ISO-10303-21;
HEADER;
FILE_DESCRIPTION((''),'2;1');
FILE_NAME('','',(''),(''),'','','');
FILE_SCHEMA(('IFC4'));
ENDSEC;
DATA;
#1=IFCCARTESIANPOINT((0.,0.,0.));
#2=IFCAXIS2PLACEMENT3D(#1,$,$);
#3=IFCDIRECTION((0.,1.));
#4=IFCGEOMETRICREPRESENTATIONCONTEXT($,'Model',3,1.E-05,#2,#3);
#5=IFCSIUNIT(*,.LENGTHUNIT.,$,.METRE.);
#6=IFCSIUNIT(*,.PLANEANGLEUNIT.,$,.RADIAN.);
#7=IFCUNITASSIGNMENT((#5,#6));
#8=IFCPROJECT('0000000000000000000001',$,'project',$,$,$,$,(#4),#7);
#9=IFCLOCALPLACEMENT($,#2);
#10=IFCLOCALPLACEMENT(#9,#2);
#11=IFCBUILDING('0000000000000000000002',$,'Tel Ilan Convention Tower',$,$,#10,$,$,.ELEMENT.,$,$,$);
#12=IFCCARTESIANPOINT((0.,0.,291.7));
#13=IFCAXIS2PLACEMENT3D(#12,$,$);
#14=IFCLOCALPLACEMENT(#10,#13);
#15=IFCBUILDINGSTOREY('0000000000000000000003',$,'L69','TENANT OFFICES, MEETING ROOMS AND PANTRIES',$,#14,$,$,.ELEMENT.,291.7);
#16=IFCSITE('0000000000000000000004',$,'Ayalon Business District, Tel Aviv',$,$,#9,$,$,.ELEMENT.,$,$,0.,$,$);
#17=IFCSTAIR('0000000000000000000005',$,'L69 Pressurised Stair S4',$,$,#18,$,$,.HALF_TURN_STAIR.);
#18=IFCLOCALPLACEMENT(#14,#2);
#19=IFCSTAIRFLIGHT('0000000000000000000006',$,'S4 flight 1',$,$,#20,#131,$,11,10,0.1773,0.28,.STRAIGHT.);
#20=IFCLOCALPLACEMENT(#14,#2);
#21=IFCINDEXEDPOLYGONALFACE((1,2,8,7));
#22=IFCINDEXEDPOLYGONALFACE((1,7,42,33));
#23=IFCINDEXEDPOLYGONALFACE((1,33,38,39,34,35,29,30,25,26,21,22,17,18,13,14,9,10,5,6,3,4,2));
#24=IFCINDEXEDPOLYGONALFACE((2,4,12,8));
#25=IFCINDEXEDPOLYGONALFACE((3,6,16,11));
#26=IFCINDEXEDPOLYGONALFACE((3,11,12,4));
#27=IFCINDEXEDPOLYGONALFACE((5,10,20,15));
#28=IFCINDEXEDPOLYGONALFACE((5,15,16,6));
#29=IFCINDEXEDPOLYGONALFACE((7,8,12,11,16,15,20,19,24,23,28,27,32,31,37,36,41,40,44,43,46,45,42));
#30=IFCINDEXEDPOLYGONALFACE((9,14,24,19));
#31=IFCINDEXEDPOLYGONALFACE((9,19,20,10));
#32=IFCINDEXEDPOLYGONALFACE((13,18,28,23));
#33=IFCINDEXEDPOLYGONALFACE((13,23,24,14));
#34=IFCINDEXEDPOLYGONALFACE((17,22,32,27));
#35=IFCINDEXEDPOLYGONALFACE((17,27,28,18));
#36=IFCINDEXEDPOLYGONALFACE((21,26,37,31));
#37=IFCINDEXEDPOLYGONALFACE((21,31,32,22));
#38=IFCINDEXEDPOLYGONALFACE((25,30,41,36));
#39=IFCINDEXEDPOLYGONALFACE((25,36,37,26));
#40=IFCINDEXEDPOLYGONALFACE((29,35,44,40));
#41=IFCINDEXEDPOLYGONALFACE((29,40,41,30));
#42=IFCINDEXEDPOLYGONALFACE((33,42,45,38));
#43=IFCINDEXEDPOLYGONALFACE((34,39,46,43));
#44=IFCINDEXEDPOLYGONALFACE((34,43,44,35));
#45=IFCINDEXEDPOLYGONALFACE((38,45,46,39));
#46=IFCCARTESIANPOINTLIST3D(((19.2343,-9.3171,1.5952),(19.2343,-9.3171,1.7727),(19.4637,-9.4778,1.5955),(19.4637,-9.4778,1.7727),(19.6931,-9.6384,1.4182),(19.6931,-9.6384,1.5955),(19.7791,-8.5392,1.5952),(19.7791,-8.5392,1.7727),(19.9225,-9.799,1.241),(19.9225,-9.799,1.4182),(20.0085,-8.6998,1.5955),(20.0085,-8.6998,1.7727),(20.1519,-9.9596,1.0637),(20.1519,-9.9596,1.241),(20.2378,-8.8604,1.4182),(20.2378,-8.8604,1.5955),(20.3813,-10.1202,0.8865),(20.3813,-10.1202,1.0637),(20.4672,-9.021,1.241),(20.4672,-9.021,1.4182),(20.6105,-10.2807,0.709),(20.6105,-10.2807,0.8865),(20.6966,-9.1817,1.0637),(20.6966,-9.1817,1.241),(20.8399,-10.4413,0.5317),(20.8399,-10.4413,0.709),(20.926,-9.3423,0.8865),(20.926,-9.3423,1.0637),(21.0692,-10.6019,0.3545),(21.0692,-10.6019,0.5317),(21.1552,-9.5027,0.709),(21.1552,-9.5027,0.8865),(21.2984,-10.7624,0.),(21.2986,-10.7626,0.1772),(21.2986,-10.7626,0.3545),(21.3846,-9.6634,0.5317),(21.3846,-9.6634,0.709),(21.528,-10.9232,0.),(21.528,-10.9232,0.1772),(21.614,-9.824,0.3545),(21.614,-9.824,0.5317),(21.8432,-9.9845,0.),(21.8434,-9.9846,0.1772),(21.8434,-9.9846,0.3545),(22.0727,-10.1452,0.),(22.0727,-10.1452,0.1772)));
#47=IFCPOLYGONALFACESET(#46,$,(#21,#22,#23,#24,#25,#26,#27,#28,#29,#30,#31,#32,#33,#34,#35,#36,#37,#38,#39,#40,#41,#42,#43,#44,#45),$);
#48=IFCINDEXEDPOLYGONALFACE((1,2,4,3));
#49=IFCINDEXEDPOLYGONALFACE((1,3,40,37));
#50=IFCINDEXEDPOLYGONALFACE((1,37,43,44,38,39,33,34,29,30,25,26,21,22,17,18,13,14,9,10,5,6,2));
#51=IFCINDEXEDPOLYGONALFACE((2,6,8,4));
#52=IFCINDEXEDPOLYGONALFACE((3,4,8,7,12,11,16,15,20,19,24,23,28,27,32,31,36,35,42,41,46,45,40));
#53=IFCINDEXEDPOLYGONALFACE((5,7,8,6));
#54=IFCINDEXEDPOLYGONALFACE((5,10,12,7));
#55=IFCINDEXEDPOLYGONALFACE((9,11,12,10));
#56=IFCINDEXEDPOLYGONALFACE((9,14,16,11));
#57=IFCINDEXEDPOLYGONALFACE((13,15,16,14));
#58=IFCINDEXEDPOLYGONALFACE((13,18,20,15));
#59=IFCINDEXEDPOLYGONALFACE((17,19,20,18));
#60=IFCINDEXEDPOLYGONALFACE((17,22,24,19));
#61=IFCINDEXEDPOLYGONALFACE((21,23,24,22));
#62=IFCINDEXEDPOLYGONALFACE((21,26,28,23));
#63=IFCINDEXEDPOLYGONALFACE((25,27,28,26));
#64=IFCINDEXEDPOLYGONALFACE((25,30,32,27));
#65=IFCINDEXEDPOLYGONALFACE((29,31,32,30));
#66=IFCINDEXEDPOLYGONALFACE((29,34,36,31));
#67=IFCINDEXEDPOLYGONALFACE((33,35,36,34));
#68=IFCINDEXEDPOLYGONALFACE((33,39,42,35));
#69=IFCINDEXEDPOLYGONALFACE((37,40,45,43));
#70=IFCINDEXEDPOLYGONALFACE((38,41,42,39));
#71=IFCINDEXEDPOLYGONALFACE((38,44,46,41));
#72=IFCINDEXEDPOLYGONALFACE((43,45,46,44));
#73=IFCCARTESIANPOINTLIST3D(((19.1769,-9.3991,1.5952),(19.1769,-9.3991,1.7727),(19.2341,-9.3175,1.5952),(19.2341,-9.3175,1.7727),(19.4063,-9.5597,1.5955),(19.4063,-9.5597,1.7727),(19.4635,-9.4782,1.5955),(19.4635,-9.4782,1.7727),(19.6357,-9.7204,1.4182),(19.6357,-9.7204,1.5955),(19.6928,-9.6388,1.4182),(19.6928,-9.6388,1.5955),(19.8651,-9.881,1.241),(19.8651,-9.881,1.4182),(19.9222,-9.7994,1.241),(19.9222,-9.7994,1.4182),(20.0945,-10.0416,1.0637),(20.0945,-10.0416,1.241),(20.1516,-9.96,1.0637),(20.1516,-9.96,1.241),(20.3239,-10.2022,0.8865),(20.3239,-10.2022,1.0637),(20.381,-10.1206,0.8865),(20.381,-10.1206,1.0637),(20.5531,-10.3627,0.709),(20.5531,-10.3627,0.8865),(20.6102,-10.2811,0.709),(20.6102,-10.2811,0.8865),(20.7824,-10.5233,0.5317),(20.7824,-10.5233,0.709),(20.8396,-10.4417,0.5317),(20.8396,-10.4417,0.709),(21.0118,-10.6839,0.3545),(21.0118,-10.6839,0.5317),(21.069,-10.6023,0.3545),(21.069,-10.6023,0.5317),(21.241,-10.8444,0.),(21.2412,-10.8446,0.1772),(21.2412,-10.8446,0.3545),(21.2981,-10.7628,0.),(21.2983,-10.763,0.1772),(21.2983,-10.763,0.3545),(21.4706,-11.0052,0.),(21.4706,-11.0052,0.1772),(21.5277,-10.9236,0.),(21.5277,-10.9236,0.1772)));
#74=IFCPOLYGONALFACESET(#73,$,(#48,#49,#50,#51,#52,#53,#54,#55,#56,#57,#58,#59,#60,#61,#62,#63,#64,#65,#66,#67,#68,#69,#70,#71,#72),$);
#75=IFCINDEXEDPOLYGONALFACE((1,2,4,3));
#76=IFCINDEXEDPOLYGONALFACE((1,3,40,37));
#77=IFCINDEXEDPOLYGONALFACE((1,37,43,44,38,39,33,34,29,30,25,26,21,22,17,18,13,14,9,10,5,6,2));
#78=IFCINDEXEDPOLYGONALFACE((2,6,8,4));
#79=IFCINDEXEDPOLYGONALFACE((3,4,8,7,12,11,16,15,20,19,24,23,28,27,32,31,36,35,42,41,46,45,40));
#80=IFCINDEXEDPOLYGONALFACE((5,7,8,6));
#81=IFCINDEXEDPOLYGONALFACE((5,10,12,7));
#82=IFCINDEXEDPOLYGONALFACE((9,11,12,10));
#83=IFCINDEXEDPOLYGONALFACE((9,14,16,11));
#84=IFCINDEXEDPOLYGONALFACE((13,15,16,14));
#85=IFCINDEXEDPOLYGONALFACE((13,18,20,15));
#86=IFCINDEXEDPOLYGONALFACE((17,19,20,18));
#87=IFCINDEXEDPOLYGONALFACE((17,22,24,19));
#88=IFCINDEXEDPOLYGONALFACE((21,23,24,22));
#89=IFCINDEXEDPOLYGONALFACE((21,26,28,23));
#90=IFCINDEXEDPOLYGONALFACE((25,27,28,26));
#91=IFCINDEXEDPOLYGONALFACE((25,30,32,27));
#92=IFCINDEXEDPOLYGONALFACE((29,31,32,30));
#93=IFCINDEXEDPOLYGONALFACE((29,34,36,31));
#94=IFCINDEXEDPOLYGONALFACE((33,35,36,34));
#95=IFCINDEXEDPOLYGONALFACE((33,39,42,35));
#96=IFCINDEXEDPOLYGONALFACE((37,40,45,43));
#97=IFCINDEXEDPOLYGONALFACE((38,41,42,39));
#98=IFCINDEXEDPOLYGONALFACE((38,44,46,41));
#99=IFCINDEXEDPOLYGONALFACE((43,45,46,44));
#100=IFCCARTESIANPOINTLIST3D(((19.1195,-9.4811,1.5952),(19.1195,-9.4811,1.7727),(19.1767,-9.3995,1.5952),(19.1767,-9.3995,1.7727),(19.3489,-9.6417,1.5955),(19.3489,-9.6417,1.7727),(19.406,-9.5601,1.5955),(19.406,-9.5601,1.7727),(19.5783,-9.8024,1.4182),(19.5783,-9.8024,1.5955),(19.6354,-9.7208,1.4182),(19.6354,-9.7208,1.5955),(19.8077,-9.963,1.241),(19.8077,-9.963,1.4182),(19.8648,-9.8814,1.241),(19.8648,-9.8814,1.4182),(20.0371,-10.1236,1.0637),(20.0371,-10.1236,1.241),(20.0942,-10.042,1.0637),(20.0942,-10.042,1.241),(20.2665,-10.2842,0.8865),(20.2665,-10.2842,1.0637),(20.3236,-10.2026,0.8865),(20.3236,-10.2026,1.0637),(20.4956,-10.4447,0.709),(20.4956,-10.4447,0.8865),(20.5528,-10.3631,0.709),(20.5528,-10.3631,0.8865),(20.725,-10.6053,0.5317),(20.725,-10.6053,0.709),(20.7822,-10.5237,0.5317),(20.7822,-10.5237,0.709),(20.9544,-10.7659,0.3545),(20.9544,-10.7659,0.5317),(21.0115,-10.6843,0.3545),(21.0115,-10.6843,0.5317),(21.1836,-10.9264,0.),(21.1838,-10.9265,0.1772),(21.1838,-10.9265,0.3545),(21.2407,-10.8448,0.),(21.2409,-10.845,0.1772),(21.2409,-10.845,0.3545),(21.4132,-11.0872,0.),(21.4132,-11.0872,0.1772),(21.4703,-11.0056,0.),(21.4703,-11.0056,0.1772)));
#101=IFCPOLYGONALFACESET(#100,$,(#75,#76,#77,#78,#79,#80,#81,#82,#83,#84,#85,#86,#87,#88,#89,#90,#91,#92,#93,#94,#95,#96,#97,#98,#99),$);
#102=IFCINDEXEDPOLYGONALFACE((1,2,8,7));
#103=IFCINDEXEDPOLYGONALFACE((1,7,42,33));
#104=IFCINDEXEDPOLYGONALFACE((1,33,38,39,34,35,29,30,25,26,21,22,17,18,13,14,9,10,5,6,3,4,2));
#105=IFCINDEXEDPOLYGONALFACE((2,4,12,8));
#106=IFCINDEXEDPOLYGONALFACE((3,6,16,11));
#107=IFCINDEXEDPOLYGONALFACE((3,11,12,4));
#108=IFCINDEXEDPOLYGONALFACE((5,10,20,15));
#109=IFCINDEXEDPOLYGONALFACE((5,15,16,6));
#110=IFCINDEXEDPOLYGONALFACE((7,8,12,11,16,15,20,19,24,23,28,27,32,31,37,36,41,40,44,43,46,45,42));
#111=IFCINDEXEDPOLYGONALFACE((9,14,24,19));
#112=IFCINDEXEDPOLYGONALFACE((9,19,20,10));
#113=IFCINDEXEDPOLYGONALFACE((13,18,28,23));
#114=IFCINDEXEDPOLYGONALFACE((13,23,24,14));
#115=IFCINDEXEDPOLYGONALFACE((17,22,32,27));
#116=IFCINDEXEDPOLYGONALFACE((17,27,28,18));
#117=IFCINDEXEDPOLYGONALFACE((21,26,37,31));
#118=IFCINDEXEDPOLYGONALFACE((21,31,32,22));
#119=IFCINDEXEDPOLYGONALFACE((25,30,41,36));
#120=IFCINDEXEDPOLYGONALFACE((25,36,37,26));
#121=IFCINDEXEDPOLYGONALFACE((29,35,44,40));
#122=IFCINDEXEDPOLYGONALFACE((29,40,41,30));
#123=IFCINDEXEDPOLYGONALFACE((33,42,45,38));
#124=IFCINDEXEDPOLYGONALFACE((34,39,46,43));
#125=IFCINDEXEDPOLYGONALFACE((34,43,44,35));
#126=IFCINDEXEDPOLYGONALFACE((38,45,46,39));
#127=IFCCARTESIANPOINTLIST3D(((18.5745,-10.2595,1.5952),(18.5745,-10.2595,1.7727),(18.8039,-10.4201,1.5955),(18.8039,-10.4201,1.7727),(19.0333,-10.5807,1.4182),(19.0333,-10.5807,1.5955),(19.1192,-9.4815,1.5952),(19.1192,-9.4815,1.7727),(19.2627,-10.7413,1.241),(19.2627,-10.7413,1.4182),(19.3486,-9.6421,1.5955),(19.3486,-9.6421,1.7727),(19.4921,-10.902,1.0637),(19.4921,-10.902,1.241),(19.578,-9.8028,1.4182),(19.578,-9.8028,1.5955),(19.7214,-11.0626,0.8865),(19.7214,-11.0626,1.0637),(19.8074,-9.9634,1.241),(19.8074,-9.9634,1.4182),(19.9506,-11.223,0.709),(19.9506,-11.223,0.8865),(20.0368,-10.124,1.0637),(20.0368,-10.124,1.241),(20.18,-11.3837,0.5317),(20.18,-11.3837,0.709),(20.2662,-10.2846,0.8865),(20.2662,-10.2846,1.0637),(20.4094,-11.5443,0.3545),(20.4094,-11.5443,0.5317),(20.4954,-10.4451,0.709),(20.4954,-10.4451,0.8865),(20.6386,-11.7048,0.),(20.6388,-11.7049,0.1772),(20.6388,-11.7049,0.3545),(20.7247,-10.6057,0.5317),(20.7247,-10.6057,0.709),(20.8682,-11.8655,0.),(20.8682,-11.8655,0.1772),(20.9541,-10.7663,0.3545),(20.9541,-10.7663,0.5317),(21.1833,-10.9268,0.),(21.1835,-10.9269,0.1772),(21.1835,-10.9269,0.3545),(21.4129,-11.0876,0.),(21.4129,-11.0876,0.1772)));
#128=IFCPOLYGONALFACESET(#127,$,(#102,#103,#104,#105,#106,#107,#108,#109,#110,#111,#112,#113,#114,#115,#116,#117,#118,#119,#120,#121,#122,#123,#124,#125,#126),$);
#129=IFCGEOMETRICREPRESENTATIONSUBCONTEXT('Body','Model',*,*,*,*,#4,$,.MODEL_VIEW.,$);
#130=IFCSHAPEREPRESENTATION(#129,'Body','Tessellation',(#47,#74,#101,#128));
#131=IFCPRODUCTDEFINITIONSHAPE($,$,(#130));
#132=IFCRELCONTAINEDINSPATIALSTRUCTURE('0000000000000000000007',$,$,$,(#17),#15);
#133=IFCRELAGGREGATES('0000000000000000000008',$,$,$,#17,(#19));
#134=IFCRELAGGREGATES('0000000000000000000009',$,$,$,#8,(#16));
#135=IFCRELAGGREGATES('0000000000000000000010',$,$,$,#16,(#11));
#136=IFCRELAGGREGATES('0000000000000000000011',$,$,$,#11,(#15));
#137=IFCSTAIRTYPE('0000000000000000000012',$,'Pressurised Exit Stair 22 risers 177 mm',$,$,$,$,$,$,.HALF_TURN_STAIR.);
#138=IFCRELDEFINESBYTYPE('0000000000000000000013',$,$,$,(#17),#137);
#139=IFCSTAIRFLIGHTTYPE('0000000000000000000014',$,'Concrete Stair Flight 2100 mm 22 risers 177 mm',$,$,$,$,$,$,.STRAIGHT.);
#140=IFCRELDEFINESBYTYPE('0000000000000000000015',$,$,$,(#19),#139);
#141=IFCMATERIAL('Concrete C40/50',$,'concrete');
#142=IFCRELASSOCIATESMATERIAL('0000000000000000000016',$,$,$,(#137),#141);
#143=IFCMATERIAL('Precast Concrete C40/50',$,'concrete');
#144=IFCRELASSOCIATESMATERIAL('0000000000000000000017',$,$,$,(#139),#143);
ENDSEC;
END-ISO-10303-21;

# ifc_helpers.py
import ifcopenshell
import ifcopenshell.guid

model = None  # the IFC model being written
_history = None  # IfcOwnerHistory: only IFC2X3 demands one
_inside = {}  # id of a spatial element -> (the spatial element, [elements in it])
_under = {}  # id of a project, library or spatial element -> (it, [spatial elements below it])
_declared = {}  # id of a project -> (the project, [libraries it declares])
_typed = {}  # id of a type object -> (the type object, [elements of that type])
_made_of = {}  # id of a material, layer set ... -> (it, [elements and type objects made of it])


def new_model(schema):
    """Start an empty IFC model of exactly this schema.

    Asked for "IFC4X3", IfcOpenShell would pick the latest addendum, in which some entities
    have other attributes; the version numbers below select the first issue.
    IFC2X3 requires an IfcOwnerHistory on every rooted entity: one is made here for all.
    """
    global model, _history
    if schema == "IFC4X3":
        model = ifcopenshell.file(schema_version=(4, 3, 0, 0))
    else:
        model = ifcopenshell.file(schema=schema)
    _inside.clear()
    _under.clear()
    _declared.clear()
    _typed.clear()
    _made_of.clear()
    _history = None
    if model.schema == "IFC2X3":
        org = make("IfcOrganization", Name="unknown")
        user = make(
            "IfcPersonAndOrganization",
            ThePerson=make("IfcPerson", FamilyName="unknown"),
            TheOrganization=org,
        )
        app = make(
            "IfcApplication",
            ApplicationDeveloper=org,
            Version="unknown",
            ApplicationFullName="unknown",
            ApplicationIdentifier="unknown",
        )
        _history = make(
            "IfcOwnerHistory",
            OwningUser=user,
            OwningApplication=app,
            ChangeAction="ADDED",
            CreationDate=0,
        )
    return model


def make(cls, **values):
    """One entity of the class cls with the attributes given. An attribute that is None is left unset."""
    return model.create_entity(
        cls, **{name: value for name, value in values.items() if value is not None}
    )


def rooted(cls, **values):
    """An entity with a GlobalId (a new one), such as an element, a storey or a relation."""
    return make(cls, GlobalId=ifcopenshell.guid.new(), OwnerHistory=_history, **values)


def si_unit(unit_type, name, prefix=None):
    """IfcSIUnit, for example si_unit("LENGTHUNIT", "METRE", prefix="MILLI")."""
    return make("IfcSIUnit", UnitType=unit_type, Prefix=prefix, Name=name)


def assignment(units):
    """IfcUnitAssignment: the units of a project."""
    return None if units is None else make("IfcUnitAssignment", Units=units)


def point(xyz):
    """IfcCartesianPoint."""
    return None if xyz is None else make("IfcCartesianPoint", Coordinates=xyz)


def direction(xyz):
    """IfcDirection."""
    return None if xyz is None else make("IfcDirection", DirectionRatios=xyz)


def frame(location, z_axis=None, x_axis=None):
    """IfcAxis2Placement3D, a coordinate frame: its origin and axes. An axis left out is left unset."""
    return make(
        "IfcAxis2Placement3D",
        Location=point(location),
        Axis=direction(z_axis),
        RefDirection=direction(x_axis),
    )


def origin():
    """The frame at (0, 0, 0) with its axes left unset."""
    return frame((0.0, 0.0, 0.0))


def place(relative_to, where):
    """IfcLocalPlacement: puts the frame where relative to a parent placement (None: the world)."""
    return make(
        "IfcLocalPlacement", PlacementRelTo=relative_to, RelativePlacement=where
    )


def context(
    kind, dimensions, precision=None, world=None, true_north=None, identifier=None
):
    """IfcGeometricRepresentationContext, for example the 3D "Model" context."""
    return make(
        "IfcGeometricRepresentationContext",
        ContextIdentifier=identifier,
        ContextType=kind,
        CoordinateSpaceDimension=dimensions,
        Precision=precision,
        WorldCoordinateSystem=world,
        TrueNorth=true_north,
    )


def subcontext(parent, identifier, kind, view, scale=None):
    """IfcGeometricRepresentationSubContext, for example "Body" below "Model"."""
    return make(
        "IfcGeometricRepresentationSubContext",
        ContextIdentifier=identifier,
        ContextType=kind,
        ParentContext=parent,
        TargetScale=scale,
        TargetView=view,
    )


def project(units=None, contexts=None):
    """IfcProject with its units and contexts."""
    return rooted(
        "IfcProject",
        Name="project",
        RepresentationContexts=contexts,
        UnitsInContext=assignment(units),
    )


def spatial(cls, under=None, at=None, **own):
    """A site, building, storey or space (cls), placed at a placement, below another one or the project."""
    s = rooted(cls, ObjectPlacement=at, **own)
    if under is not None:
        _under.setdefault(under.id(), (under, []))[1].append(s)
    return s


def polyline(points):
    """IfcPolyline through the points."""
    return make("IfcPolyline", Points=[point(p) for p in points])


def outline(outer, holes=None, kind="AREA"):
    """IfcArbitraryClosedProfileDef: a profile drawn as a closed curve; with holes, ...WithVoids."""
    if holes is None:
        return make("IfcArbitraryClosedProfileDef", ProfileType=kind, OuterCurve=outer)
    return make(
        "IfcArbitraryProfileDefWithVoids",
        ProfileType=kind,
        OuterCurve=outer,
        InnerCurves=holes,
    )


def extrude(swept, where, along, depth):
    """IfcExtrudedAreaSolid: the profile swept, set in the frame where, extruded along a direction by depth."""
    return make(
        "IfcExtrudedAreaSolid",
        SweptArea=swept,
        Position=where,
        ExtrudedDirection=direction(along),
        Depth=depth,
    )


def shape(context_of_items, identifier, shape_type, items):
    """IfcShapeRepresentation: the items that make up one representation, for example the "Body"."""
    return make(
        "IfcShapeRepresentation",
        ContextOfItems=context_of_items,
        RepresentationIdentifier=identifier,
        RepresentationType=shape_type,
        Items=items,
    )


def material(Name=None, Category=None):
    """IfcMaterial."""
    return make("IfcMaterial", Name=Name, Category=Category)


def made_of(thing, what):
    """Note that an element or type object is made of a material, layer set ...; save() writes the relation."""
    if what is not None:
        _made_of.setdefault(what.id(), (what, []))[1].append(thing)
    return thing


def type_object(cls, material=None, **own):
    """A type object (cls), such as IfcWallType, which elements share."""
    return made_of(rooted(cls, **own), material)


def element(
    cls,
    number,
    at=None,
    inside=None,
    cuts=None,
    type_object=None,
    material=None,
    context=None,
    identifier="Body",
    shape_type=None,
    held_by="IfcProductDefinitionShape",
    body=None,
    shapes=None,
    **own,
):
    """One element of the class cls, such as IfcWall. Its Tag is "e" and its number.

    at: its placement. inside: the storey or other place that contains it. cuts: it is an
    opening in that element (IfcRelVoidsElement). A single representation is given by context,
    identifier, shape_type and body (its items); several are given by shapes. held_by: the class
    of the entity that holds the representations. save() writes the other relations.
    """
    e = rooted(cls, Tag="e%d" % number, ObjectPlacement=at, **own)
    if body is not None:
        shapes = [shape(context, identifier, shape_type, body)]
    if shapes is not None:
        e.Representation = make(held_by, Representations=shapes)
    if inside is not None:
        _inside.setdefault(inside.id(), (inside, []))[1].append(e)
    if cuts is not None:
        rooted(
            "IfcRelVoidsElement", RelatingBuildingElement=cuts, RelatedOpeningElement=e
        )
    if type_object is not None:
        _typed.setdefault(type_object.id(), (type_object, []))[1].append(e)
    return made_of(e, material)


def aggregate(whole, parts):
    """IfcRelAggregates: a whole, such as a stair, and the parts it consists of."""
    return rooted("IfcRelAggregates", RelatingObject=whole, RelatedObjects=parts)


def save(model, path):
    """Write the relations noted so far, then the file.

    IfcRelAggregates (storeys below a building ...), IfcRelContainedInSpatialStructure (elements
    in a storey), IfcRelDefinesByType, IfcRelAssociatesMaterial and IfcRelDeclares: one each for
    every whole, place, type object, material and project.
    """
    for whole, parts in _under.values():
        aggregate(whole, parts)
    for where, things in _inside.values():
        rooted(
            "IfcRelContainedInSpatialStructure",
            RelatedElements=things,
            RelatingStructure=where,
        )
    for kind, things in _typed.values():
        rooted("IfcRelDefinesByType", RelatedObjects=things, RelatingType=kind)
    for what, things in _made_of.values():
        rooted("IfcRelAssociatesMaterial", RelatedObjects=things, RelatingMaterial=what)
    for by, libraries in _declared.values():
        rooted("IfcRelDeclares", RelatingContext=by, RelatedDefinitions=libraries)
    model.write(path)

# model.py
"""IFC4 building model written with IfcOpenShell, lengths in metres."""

from ifc_helpers import new_model, si_unit, direction, frame, origin, place, context, subcontext, project, spatial, polyline, outline, extrude, material, type_object, element, aggregate, save


model = new_model("IFC4")

# Units and contexts
model_context = context("Model", 3, precision=1e-05, world=origin(), true_north=direction((0.0, 1.0)))
body_context = subcontext(model_context, "Body", "Model", "MODEL_VIEW")
ifc_project = project(units=[si_unit("LENGTHUNIT", "METRE"), si_unit("PLANEANGLEUNIT", "RADIAN")], contexts=[model_context])

# Site, building, storey
site_placement = place(None, origin())
site = spatial("IfcSite", under=ifc_project, at=site_placement, Name="Ayalon Business District, Tel Aviv", CompositionType="ELEMENT", RefElevation=0.0)
building_placement = place(site_placement, origin())
building = spatial("IfcBuilding", under=site, at=building_placement, Name="Tel Ilan Convention Tower", CompositionType="ELEMENT")
storey_placement = place(building_placement, frame((0.0, 0.0, 291.7)))
storey = spatial("IfcBuildingStorey", under=building, at=storey_placement, Name="L69", Description="TENANT OFFICES, MEETING ROOMS AND PANTRIES", CompositionType="ELEMENT", Elevation=291.7)

# Stair, stair flight
ifc_material_1 = material(Name="Concrete C40/50", Category="concrete")
stair_type = type_object("IfcStairType", Name="Pressurised Exit Stair 22 risers 177 mm", PredefinedType="HALF_TURN_STAIR", material=ifc_material_1)
stair_placement = place(storey_placement, origin())
stair = element("IfcStair", 1, at=stair_placement, inside=storey, type_object=stair_type, Name="L69 Pressurised Stair S4", PredefinedType="HALF_TURN_STAIR")
ifc_material_2 = material(Name="Precast Concrete C40/50", Category="concrete")
stair_flight_type = type_object("IfcStairFlightType", Name="Concrete Stair Flight 2100 mm 22 risers 177 mm", PredefinedType="STRAIGHT", material=ifc_material_2)
stair_flight_1_placement = place(storey_placement, frame((21.4705, -11.0054, 0.0), z_axis=(0.0, 0.0, 1.0), x_axis=(-0.819152, 0.573576, 0.0)))
stair_flight_1 = element("IfcStairFlight", 2, at=stair_flight_1_placement, type_object=stair_flight_type, Name="S4 flight 1", NumberOfRisers=11, NumberOfTreads=10, PredefinedType="STRAIGHT", RiserHeight=0.1773, TreadLength=0.28, context=body_context, shape_type="SweptSolid", body=[
    extrude(outline(polyline([(0.0, 0.0), (0.0, 0.1772), (0.28, 0.1772), (0.28, 0.3545), (0.5601, 0.3545), (0.5601, 0.5317), (0.8401, 0.5317), (0.8401, 0.709), (1.1201, 0.709), (1.1201, 0.8865), (1.3999, 0.8865), (1.3999, 1.0637), (1.6799, 1.0637), (1.6799, 1.241), (1.96, 1.241), (1.96, 1.4182), (2.24, 1.4182), (2.24, 1.5955), (2.52, 1.5955), (2.52, 1.7727), (2.8, 1.7727), (2.8, 1.95), (2.8, 1.5952), (0.2803, 0.0), (0.0, 0.0)])), frame((0.0, -0.1003, 0.0), z_axis=(0.0, -1.0, 0.0), x_axis=(1.0, 0.0, 0.0)), (0.0, 0.0, 1.0), 0.9497),
    extrude(outline(polyline([(0.0, 0.0), (0.0, 0.1772), (0.28, 0.1772), (0.28, 0.3545), (0.5601, 0.3545), (0.5601, 0.5317), (0.8401, 0.5317), (0.8401, 0.709), (1.1201, 0.709), (1.1201, 0.8865), (1.3999, 0.8865), (1.3999, 1.0637), (1.6799, 1.0637), (1.6799, 1.241), (1.96, 1.241), (1.96, 1.4182), (2.24, 1.4182), (2.24, 1.5955), (2.52, 1.5955), (2.52, 1.7727), (2.8, 1.7727), (2.8, 1.95), (2.8, 1.5952), (0.2803, 0.0), (0.0, 0.0)])), frame((0.0, -0.0002, 0.0), z_axis=(0.0, -1.0, 0.0), x_axis=(1.0, 0.0, 0.0)), (0.0, 0.0, 1.0), 0.0996),
    extrude(outline(polyline([(0.0, 0.0), (0.0, 0.1772), (0.28, 0.1772), (0.28, 0.3545), (0.5601, 0.3545), (0.5601, 0.5317), (0.8401, 0.5317), (0.8401, 0.709), (1.1201, 0.709), (1.1201, 0.8865), (1.3999, 0.8865), (1.3999, 1.0637), (1.6799, 1.0637), (1.6799, 1.241), (1.96, 1.241), (1.96, 1.4182), (2.24, 1.4182), (2.24, 1.5955), (2.52, 1.5955), (2.52, 1.7727), (2.8, 1.7727), (2.8, 1.95), (2.8, 1.5952), (0.2803, 0.0), (0.0, 0.0)])), frame((0.0, 0.0999, 0.0), z_axis=(0.0, -1.0, 0.0), x_axis=(1.0, 0.0, 0.0)), (0.0, 0.0, 1.0), 0.0996),
    extrude(outline(polyline([(0.0, 0.0), (0.0, 0.1772), (0.28, 0.1772), (0.28, 0.3545), (0.5601, 0.3545), (0.5601, 0.5317), (0.8401, 0.5317), (0.8401, 0.709), (1.1201, 0.709), (1.1201, 0.8865), (1.3999, 0.8865), (1.3999, 1.0637), (1.6799, 1.0637), (1.6799, 1.241), (1.96, 1.241), (1.96, 1.4182), (2.24, 1.4182), (2.24, 1.5955), (2.52, 1.5955), (2.52, 1.7727), (2.8, 1.7727), (2.8, 1.95), (2.8, 1.5952), (0.2803, 0.0), (0.0, 0.0)])), frame((0.0, 1.05, 0.0), z_axis=(0.0, -1.0, 0.0), x_axis=(1.0, 0.0, 0.0)), (0.0, 0.0, 1.0), 0.9497),
])
aggregate(stair, [stair_flight_1])

save(model, "model.ifc")
